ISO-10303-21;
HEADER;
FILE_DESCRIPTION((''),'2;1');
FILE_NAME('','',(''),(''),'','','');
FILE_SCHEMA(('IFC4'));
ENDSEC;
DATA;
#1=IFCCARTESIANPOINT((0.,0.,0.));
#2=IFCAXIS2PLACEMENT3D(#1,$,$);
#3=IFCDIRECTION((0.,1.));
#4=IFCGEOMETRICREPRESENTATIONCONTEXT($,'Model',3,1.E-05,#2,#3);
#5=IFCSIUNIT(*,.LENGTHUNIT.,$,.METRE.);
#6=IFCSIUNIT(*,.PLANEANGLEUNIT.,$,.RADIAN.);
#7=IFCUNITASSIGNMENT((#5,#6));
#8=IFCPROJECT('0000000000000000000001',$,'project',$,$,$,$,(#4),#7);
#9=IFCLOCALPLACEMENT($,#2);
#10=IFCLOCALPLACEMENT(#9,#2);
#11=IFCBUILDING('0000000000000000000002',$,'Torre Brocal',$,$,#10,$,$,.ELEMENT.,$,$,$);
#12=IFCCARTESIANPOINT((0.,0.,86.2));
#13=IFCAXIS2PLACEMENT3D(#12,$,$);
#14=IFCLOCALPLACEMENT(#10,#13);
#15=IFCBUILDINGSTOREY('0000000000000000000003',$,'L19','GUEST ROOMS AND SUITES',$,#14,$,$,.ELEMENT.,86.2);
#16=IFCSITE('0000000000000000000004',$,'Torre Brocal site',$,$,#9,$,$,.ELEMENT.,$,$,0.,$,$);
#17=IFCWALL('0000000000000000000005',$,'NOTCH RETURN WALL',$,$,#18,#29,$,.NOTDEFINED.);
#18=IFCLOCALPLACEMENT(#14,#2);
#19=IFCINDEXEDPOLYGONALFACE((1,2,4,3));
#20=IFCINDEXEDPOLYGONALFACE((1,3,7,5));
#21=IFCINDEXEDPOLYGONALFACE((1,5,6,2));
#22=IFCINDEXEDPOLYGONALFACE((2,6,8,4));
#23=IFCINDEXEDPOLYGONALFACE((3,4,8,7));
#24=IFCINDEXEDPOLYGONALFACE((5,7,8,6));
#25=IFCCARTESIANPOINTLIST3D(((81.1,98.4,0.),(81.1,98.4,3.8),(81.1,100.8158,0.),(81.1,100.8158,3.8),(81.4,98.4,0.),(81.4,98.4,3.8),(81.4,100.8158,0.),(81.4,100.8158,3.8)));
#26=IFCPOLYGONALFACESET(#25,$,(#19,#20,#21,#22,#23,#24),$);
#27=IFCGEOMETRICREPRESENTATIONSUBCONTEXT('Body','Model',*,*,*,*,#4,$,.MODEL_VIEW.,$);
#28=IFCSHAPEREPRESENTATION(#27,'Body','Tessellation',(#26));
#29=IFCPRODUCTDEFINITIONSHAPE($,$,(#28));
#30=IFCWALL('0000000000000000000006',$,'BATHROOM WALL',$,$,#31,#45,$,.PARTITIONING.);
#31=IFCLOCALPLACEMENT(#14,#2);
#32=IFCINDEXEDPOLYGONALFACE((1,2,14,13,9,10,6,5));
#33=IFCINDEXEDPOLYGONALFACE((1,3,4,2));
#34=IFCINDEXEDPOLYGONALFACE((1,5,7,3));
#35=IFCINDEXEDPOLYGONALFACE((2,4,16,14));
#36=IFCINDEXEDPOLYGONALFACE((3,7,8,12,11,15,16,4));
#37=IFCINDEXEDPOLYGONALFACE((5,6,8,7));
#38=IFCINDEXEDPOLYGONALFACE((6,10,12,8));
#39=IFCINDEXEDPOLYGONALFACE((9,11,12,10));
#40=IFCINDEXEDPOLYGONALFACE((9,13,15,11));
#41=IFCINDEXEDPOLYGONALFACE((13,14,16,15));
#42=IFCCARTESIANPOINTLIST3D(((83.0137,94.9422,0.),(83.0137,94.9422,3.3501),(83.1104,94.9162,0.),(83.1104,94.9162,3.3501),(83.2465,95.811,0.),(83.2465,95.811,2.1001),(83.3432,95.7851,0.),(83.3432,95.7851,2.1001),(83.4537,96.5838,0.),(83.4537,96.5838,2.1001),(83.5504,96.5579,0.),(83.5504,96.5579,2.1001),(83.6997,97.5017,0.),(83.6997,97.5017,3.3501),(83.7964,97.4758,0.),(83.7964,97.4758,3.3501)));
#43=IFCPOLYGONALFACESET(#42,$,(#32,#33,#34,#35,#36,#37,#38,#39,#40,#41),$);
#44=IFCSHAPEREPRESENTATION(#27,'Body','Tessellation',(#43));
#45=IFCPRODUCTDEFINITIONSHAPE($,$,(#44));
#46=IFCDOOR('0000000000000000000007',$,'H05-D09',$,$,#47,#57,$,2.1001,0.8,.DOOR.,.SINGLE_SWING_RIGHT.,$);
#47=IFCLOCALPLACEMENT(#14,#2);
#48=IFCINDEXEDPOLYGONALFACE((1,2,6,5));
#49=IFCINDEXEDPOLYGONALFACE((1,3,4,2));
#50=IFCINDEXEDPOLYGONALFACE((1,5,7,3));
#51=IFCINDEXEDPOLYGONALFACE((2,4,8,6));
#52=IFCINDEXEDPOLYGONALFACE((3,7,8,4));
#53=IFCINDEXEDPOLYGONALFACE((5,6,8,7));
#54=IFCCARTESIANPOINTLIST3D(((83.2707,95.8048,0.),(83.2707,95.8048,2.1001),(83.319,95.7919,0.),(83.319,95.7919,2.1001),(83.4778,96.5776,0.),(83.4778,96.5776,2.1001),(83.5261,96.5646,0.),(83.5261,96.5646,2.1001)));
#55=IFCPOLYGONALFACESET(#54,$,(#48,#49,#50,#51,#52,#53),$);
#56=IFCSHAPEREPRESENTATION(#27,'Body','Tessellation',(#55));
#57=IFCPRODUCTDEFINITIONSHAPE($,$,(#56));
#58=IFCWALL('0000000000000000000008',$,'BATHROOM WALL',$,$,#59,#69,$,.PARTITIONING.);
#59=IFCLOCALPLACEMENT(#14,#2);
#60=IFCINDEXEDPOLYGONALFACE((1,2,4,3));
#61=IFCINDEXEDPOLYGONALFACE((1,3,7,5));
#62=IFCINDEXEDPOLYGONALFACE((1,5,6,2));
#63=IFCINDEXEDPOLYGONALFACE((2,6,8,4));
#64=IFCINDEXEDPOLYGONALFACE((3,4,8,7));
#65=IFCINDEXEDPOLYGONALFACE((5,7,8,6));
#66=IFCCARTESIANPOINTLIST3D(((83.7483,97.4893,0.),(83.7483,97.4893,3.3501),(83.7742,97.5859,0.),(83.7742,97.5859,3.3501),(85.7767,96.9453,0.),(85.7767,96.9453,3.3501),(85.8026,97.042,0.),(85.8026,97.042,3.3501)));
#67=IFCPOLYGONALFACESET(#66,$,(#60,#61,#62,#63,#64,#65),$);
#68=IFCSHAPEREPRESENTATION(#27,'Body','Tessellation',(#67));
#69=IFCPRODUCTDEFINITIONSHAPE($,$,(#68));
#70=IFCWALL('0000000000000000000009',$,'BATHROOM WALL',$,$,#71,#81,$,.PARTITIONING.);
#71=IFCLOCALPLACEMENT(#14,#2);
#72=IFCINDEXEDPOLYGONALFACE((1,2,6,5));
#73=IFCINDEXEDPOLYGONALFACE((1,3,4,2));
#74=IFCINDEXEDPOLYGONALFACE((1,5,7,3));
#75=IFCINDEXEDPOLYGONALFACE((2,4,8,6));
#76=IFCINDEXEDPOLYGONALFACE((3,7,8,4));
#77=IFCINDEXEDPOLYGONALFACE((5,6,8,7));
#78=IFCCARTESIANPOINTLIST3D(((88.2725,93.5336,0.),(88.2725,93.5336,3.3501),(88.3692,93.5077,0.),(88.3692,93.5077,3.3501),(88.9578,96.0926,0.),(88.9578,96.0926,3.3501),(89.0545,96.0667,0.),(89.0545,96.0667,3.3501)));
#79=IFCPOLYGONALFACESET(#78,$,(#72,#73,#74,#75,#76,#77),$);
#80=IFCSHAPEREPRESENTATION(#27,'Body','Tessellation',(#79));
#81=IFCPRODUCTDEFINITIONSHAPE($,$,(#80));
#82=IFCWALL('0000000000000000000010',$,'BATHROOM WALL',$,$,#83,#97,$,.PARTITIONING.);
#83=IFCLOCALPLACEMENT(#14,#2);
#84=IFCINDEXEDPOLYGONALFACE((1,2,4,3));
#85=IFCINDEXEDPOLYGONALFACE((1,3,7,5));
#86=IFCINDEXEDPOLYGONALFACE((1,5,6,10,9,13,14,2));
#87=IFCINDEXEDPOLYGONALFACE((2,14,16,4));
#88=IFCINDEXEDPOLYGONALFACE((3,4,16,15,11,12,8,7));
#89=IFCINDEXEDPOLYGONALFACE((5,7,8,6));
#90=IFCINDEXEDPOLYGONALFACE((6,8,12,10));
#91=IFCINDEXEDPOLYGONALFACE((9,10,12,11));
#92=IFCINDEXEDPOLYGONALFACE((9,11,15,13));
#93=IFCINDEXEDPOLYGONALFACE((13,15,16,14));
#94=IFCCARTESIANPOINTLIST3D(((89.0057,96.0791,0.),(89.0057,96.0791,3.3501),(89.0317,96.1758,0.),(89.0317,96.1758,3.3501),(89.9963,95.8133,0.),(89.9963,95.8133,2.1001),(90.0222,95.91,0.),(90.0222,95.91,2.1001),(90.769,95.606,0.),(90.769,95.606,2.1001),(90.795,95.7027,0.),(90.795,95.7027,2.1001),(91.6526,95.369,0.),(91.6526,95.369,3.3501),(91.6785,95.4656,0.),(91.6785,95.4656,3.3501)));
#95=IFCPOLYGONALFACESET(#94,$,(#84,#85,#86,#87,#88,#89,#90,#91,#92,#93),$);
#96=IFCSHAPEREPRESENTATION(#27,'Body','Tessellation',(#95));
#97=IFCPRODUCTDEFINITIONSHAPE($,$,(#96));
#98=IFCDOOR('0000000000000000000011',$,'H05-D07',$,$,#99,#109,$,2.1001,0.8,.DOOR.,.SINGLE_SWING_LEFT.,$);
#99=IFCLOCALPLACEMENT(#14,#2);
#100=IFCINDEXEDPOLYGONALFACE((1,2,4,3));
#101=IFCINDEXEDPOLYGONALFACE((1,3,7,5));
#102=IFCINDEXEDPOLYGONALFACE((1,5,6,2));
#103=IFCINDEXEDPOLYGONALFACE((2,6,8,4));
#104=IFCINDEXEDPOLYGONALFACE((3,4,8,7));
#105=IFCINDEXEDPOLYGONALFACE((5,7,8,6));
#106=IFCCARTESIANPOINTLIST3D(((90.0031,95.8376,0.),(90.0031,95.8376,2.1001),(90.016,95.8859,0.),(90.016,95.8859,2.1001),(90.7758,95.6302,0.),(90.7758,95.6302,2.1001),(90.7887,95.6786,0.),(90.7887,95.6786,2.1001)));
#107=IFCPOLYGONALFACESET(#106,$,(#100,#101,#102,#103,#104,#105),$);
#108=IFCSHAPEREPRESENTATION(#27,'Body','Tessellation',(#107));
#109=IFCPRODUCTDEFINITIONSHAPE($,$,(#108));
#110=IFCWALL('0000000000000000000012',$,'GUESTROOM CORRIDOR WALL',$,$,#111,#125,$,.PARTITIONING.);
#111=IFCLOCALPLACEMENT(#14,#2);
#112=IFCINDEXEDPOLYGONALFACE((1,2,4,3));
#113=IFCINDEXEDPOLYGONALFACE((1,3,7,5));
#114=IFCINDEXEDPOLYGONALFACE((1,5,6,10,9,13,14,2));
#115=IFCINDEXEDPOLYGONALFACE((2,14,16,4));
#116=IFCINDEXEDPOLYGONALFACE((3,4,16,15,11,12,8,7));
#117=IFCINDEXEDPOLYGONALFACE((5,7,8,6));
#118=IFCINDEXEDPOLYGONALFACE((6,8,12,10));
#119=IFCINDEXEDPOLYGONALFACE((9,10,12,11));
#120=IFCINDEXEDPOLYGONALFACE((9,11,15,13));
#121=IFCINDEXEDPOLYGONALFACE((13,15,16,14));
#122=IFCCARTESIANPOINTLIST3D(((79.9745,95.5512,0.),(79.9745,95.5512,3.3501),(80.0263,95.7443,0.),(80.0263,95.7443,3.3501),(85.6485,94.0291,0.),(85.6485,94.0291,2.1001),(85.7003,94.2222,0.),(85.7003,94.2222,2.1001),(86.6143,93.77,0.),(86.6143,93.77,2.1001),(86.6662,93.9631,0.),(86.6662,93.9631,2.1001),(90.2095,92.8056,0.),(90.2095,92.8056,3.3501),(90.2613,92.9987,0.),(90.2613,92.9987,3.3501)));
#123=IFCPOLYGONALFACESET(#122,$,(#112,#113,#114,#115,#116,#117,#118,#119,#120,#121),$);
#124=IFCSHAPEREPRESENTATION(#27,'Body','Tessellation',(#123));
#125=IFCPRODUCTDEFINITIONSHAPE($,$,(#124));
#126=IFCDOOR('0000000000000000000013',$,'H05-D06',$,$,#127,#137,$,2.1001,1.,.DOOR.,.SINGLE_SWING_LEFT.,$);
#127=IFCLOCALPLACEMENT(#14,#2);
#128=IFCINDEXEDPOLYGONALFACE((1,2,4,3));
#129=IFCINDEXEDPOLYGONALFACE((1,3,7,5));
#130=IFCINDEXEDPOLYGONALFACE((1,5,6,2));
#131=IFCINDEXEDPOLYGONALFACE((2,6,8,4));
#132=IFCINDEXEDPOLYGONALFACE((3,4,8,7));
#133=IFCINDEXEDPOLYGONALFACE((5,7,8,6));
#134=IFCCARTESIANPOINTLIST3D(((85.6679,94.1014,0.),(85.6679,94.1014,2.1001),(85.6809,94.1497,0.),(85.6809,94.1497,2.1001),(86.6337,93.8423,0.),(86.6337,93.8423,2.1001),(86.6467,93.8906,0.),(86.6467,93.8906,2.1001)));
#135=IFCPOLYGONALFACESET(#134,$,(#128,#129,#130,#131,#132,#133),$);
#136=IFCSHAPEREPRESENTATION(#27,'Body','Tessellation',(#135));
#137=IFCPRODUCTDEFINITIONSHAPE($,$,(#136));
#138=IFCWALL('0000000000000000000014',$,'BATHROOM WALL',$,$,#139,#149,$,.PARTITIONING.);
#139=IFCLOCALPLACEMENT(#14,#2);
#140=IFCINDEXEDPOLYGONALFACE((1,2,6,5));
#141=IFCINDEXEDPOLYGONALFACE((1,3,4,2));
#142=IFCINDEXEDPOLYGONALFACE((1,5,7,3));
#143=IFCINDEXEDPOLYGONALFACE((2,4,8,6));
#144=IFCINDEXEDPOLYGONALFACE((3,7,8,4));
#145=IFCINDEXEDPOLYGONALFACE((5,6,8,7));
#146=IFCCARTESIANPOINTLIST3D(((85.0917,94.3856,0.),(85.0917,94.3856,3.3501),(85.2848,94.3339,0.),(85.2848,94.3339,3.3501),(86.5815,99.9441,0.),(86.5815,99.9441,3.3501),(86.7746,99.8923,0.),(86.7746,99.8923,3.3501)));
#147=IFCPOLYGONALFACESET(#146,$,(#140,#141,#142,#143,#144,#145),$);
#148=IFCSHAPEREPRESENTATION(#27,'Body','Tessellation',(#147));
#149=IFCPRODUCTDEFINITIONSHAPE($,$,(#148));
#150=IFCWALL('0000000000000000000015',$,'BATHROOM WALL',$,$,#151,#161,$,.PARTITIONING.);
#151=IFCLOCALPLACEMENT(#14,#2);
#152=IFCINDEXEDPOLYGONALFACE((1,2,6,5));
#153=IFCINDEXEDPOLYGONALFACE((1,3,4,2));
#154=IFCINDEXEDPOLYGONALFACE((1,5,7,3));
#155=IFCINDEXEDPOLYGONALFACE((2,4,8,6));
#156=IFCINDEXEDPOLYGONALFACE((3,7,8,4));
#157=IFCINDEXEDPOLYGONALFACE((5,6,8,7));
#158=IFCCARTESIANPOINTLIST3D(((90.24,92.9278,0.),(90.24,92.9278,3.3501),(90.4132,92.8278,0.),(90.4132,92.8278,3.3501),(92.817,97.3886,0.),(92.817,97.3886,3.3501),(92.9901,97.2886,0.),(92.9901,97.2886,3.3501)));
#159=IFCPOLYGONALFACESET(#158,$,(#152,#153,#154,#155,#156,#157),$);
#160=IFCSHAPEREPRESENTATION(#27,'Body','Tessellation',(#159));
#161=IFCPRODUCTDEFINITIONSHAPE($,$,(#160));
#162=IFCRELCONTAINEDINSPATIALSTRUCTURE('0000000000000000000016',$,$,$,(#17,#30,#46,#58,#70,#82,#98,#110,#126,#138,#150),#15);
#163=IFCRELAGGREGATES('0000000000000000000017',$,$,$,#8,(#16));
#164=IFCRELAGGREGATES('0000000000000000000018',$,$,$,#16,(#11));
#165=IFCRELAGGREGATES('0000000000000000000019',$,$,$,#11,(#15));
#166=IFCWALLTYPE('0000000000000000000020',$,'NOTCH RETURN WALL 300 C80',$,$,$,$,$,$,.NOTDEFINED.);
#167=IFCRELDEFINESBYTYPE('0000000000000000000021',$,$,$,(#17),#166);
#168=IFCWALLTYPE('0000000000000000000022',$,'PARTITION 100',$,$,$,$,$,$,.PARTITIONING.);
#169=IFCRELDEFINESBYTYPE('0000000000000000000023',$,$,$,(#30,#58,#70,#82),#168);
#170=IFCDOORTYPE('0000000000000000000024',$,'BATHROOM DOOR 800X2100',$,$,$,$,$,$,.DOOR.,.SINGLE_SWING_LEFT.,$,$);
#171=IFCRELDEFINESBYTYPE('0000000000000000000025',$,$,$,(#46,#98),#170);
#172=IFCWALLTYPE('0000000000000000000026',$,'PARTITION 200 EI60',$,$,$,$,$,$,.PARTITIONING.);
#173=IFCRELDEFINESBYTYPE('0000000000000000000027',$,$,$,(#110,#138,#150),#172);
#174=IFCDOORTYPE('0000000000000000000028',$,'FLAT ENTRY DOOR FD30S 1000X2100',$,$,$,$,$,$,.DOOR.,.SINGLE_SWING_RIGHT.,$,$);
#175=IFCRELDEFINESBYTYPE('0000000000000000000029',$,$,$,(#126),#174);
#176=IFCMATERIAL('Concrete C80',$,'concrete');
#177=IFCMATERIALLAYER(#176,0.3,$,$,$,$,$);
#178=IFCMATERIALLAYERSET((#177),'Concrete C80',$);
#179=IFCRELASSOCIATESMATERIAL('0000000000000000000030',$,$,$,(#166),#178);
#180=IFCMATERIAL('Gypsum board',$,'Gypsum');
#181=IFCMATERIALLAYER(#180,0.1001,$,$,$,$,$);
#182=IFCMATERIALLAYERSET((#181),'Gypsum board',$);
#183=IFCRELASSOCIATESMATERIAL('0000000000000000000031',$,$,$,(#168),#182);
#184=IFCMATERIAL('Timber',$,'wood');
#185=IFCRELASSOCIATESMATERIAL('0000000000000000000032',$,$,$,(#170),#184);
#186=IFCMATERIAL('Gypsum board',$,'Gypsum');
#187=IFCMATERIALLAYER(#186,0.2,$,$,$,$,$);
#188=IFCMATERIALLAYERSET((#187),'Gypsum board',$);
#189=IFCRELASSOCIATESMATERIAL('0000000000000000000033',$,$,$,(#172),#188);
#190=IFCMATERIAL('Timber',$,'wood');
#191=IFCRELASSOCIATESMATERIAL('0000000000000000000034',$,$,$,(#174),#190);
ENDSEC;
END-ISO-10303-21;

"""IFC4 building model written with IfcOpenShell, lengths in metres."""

from ifc_helpers import new_model, si_unit, direction, frame, frame_2d, origin, place, context, subcontext, project, spatial, rectangle, extrude, material, layer, layer_set, type_object, element, fill, save


model = new_model("IFC4")

# Units and contexts
model_context = context("Model", 3, precision=1e-05, world=origin(), true_north=direction((0.0, 1.0)))
body_context = subcontext(model_context, "Body", "Model", "MODEL_VIEW")
ifc_project = project(units=[si_unit("LENGTHUNIT", "METRE"), si_unit("PLANEANGLEUNIT", "RADIAN")], contexts=[model_context])

# Site, building, storey
site_placement = place(None, origin())
site = spatial("IfcSite", under=ifc_project, at=site_placement, Name="Torre Brocal site", CompositionType="ELEMENT", RefElevation=0.0)
building_placement = place(site_placement, origin())
building = spatial("IfcBuilding", under=site, at=building_placement, Name="Torre Brocal", CompositionType="ELEMENT")
storey_placement = place(building_placement, frame((0.0, 0.0, 86.2)))
storey = spatial("IfcBuildingStorey", under=building, at=storey_placement, Name="L19", Description="GUEST ROOMS AND SUITES", CompositionType="ELEMENT", Elevation=86.2)

# Wall
ifc_material_1 = material(Name="Concrete C80", Category="concrete")
ifc_layer_1 = layer(ifc_material_1, 0.3)
ifc_layer_set_1 = layer_set([ifc_layer_1], Name="Concrete C80")
wall_type_1 = type_object("IfcWallType", Name="NOTCH RETURN WALL 300 C80", PredefinedType="NOTDEFINED", material=ifc_layer_set_1)
wall_1_placement = place(storey_placement, frame((81.25, 98.3999, 0.0), z_axis=(0.0, 0.0, 1.0), x_axis=(0.0, 1.0, 0.0)))
element("IfcWall", 1, at=wall_1_placement, inside=storey, type_object=wall_type_1, Name="NOTCH RETURN WALL", PredefinedType="NOTDEFINED", context=body_context, shape_type="SweptSolid", body=[
    extrude(rectangle(XDim=2.4158, YDim=0.3, at=frame_2d((1.208, 0.0))), origin(), (0.0, 0.0, 1.0), 3.8),
])

# Wall, opening, door
ifc_material_2 = material(Name="Gypsum board", Category="Gypsum")
ifc_layer_2 = layer(ifc_material_2, 0.1001)
ifc_layer_set_2 = layer_set([ifc_layer_2], Name="Gypsum board")
wall_type_2 = type_object("IfcWallType", Name="PARTITION 100", PredefinedType="PARTITIONING", material=ifc_layer_set_2)
wall_2_placement = place(storey_placement, frame((83.062, 94.9292, 0.0), z_axis=(0.0, 0.0, 1.0), x_axis=(0.25889, 0.965907, 0.0)))
wall_2 = element("IfcWall", 2, at=wall_2_placement, inside=storey, type_object=wall_type_2, Name="BATHROOM WALL", PredefinedType="PARTITIONING", context=body_context, shape_type="SweptSolid", body=[
    extrude(rectangle(XDim=2.6499, YDim=0.1001, at=frame_2d((1.325, 0.0))), origin(), (0.0, 0.0, 1.0), 3.3501),
])
opening_1_placement = place(wall_2_placement, frame((0.8997, 0.0, 0.0)))
opening_1 = element("IfcOpeningElement", 3, at=opening_1_placement, cuts=wall_2, PredefinedType="OPENING", context=body_context, shape_type="SweptSolid", body=[
    extrude(rectangle(XDim=0.8, YDim=2.1001, at=frame_2d((0.3999, 1.05))), frame((0.0, 0.0601, 0.0), z_axis=(0.0, -1.0, 0.0), x_axis=(1.0, 0.0, 0.0)), (0.0, 0.0, 1.0), 0.1201),
])
ifc_material_3 = material(Name="Timber", Category="wood")
door_type_1 = type_object("IfcDoorType", Name="BATHROOM DOOR 800X2100", OperationType="SINGLE_SWING_LEFT", PredefinedType="DOOR", material=ifc_material_3)
door_1_placement = place(opening_1_placement, frame((0.8, 0.0, 0.0), z_axis=(0.0, 0.0, 1.0), x_axis=(-1.0, 0.0, 0.0)))
door_1 = element("IfcDoor", 4, at=door_1_placement, inside=storey, type_object=door_type_1, Name="H05-D09", OperationType="SINGLE_SWING_RIGHT", OverallHeight=2.1001, OverallWidth=0.8, PredefinedType="DOOR", context=body_context, shape_type="SweptSolid", body=[
    extrude(rectangle(XDim=0.8, YDim=2.1001, at=frame_2d((0.3999, 1.05))), frame((0.0, 0.0249, 0.0), z_axis=(0.0, -1.0, 0.0), x_axis=(1.0, 0.0, 0.0)), (0.0, 0.0, 1.0), 0.05),
])
fill(opening_1, door_1)

# Walls
wall_3_placement = place(storey_placement, frame((83.7612, 97.5376, 0.0), z_axis=(0.0, 0.0, 1.0), x_axis=(0.965871, -0.259023, 0.0)))
element("IfcWall", 5, at=wall_3_placement, inside=storey, type_object=wall_type_2, Name="BATHROOM WALL", PredefinedType="PARTITIONING", context=body_context, shape_type="SweptSolid", body=[
    extrude(rectangle(XDim=2.1001, YDim=0.1001, at=frame_2d((1.05, 0.0))), origin(), (0.0, 0.0, 1.0), 3.3501),
])
wall_4_placement = place(storey_placement, frame((88.3208, 93.5205, 0.0), z_axis=(0.0, 0.0, 1.0), x_axis=(0.258678, 0.965964, 0.0)))
element("IfcWall", 6, at=wall_4_placement, inside=storey, type_object=wall_type_2, Name="BATHROOM WALL", PredefinedType="PARTITIONING", context=body_context, shape_type="SweptSolid", body=[
    extrude(rectangle(XDim=2.6492, YDim=0.1001, at=frame_2d((1.3247, 0.0))), origin(), (0.0, 0.0, 1.0), 3.3501),
])

# Walls, openings, doors
wall_5_placement = place(storey_placement, frame((89.0188, 96.1274, 0.0), z_axis=(0.0, 0.0, 1.0), x_axis=(0.965839, -0.259143, 0.0)))
wall_5 = element("IfcWall", 7, at=wall_5_placement, inside=storey, type_object=wall_type_2, Name="BATHROOM WALL", PredefinedType="PARTITIONING", context=body_context, shape_type="SweptSolid", body=[
    extrude(rectangle(XDim=2.7405, YDim=0.1001, at=frame_2d((1.3701, 0.0))), origin(), (0.0, 0.0, 1.0), 3.3501),
])
opening_2_placement = place(wall_5_placement, frame((1.0256, 0.0, 0.0)))
opening_2 = element("IfcOpeningElement", 8, at=opening_2_placement, cuts=wall_5, PredefinedType="OPENING", context=body_context, shape_type="SweptSolid", body=[
    extrude(rectangle(XDim=0.8, YDim=2.1001, at=frame_2d((0.3999, 1.05))), frame((0.0, 0.0601, 0.0), z_axis=(0.0, -1.0, 0.0), x_axis=(1.0, 0.0, 0.0)), (0.0, 0.0, 1.0), 0.1201),
])
door_2_placement = place(opening_2_placement, frame((0.8, 0.0, 0.0), z_axis=(0.0, 0.0, 1.0), x_axis=(-1.0, 0.0, 0.0)))
door_2 = element("IfcDoor", 9, at=door_2_placement, inside=storey, type_object=door_type_1, Name="H05-D07", OperationType="SINGLE_SWING_LEFT", OverallHeight=2.1001, OverallWidth=0.8, PredefinedType="DOOR", context=body_context, shape_type="SweptSolid", body=[
    extrude(rectangle(XDim=0.8, YDim=2.1001, at=frame_2d((0.3999, 1.05))), frame((0.0, 0.0249, 0.0), z_axis=(0.0, -1.0, 0.0), x_axis=(1.0, 0.0, 0.0)), (0.0, 0.0, 1.0), 0.05),
])
fill(opening_2, door_2)
ifc_material_4 = material(Name="Gypsum board", Category="Gypsum")
ifc_layer_3 = layer(ifc_material_4, 0.2)
ifc_layer_set_3 = layer_set([ifc_layer_3], Name="Gypsum board")
wall_type_3 = type_object("IfcWallType", Name="PARTITION 200 EI60", PredefinedType="PARTITIONING", material=ifc_layer_set_3)
wall_6_placement = place(storey_placement, frame((80.0005, 95.6477, 0.0), z_axis=(0.0, 0.0, 1.0), x_axis=(0.965852, -0.259093, 0.0)))
wall_6 = element("IfcWall", 10, at=wall_6_placement, inside=storey, type_object=wall_type_3, Name="GUESTROOM CORRIDOR WALL", PredefinedType="PARTITIONING", context=body_context, shape_type="SweptSolid", body=[
    extrude(rectangle(XDim=10.5969, YDim=0.2, at=frame_2d((5.2983, 0.0))), origin(), (0.0, 0.0, 1.0), 3.3501),
])
opening_3_placement = place(wall_6_placement, frame((5.8745, 0.0, 0.0)))
opening_3 = element("IfcOpeningElement", 11, at=opening_3_placement, cuts=wall_6, PredefinedType="OPENING", context=body_context, shape_type="SweptSolid", body=[
    extrude(rectangle(XDim=1.0, YDim=2.1001, at=frame_2d((0.5, 1.05))), frame((0.0, 0.1099, 0.0), z_axis=(0.0, -1.0, 0.0), x_axis=(1.0, 0.0, 0.0)), (0.0, 0.0, 1.0), 0.22),
])
ifc_material_5 = material(Name="Timber", Category="wood")
door_type_2 = type_object("IfcDoorType", Name="FLAT ENTRY DOOR FD30S 1000X2100", OperationType="SINGLE_SWING_RIGHT", PredefinedType="DOOR", material=ifc_material_5)
door_3_placement = place(opening_3_placement, origin())
door_3 = element("IfcDoor", 12, at=door_3_placement, inside=storey, type_object=door_type_2, Name="H05-D06", OperationType="SINGLE_SWING_LEFT", OverallHeight=2.1001, OverallWidth=1.0, PredefinedType="DOOR", context=body_context, shape_type="SweptSolid", body=[
    extrude(rectangle(XDim=1.0, YDim=2.1001, at=frame_2d((0.5, 1.05))), frame((0.0, 0.0249, 0.0), z_axis=(0.0, -1.0, 0.0), x_axis=(1.0, 0.0, 0.0)), (0.0, 0.0, 1.0), 0.05),
])
fill(opening_3, door_3)

# Walls
wall_7_placement = place(storey_placement, frame((85.1882, 94.3596, 0.0), z_axis=(0.0, 0.0, 1.0), x_axis=(0.258882, 0.965909, 0.0)))
element("IfcWall", 13, at=wall_7_placement, inside=storey, type_object=wall_type_3, Name="BATHROOM WALL", PredefinedType="PARTITIONING", context=body_context, shape_type="SweptSolid", body=[
    extrude(rectangle(XDim=5.7546, YDim=0.2, at=frame_2d((2.8774, 0.0))), origin(), (0.0, 0.0, 1.0), 3.3501),
])
wall_8_placement = place(storey_placement, frame((90.3267, 92.8779, 0.0), z_axis=(0.0, 0.0, 1.0), x_axis=(0.500222, 0.865897, 0.0)))
element("IfcWall", 14, at=wall_8_placement, inside=storey, type_object=wall_type_3, Name="BATHROOM WALL", PredefinedType="PARTITIONING", context=body_context, shape_type="SweptSolid", body=[
    extrude(rectangle(XDim=5.1516, YDim=0.2, at=frame_2d((2.5757, 0.0))), origin(), (0.0, 0.0, 1.0), 3.3501),
])

save(model, "model.ifc")
